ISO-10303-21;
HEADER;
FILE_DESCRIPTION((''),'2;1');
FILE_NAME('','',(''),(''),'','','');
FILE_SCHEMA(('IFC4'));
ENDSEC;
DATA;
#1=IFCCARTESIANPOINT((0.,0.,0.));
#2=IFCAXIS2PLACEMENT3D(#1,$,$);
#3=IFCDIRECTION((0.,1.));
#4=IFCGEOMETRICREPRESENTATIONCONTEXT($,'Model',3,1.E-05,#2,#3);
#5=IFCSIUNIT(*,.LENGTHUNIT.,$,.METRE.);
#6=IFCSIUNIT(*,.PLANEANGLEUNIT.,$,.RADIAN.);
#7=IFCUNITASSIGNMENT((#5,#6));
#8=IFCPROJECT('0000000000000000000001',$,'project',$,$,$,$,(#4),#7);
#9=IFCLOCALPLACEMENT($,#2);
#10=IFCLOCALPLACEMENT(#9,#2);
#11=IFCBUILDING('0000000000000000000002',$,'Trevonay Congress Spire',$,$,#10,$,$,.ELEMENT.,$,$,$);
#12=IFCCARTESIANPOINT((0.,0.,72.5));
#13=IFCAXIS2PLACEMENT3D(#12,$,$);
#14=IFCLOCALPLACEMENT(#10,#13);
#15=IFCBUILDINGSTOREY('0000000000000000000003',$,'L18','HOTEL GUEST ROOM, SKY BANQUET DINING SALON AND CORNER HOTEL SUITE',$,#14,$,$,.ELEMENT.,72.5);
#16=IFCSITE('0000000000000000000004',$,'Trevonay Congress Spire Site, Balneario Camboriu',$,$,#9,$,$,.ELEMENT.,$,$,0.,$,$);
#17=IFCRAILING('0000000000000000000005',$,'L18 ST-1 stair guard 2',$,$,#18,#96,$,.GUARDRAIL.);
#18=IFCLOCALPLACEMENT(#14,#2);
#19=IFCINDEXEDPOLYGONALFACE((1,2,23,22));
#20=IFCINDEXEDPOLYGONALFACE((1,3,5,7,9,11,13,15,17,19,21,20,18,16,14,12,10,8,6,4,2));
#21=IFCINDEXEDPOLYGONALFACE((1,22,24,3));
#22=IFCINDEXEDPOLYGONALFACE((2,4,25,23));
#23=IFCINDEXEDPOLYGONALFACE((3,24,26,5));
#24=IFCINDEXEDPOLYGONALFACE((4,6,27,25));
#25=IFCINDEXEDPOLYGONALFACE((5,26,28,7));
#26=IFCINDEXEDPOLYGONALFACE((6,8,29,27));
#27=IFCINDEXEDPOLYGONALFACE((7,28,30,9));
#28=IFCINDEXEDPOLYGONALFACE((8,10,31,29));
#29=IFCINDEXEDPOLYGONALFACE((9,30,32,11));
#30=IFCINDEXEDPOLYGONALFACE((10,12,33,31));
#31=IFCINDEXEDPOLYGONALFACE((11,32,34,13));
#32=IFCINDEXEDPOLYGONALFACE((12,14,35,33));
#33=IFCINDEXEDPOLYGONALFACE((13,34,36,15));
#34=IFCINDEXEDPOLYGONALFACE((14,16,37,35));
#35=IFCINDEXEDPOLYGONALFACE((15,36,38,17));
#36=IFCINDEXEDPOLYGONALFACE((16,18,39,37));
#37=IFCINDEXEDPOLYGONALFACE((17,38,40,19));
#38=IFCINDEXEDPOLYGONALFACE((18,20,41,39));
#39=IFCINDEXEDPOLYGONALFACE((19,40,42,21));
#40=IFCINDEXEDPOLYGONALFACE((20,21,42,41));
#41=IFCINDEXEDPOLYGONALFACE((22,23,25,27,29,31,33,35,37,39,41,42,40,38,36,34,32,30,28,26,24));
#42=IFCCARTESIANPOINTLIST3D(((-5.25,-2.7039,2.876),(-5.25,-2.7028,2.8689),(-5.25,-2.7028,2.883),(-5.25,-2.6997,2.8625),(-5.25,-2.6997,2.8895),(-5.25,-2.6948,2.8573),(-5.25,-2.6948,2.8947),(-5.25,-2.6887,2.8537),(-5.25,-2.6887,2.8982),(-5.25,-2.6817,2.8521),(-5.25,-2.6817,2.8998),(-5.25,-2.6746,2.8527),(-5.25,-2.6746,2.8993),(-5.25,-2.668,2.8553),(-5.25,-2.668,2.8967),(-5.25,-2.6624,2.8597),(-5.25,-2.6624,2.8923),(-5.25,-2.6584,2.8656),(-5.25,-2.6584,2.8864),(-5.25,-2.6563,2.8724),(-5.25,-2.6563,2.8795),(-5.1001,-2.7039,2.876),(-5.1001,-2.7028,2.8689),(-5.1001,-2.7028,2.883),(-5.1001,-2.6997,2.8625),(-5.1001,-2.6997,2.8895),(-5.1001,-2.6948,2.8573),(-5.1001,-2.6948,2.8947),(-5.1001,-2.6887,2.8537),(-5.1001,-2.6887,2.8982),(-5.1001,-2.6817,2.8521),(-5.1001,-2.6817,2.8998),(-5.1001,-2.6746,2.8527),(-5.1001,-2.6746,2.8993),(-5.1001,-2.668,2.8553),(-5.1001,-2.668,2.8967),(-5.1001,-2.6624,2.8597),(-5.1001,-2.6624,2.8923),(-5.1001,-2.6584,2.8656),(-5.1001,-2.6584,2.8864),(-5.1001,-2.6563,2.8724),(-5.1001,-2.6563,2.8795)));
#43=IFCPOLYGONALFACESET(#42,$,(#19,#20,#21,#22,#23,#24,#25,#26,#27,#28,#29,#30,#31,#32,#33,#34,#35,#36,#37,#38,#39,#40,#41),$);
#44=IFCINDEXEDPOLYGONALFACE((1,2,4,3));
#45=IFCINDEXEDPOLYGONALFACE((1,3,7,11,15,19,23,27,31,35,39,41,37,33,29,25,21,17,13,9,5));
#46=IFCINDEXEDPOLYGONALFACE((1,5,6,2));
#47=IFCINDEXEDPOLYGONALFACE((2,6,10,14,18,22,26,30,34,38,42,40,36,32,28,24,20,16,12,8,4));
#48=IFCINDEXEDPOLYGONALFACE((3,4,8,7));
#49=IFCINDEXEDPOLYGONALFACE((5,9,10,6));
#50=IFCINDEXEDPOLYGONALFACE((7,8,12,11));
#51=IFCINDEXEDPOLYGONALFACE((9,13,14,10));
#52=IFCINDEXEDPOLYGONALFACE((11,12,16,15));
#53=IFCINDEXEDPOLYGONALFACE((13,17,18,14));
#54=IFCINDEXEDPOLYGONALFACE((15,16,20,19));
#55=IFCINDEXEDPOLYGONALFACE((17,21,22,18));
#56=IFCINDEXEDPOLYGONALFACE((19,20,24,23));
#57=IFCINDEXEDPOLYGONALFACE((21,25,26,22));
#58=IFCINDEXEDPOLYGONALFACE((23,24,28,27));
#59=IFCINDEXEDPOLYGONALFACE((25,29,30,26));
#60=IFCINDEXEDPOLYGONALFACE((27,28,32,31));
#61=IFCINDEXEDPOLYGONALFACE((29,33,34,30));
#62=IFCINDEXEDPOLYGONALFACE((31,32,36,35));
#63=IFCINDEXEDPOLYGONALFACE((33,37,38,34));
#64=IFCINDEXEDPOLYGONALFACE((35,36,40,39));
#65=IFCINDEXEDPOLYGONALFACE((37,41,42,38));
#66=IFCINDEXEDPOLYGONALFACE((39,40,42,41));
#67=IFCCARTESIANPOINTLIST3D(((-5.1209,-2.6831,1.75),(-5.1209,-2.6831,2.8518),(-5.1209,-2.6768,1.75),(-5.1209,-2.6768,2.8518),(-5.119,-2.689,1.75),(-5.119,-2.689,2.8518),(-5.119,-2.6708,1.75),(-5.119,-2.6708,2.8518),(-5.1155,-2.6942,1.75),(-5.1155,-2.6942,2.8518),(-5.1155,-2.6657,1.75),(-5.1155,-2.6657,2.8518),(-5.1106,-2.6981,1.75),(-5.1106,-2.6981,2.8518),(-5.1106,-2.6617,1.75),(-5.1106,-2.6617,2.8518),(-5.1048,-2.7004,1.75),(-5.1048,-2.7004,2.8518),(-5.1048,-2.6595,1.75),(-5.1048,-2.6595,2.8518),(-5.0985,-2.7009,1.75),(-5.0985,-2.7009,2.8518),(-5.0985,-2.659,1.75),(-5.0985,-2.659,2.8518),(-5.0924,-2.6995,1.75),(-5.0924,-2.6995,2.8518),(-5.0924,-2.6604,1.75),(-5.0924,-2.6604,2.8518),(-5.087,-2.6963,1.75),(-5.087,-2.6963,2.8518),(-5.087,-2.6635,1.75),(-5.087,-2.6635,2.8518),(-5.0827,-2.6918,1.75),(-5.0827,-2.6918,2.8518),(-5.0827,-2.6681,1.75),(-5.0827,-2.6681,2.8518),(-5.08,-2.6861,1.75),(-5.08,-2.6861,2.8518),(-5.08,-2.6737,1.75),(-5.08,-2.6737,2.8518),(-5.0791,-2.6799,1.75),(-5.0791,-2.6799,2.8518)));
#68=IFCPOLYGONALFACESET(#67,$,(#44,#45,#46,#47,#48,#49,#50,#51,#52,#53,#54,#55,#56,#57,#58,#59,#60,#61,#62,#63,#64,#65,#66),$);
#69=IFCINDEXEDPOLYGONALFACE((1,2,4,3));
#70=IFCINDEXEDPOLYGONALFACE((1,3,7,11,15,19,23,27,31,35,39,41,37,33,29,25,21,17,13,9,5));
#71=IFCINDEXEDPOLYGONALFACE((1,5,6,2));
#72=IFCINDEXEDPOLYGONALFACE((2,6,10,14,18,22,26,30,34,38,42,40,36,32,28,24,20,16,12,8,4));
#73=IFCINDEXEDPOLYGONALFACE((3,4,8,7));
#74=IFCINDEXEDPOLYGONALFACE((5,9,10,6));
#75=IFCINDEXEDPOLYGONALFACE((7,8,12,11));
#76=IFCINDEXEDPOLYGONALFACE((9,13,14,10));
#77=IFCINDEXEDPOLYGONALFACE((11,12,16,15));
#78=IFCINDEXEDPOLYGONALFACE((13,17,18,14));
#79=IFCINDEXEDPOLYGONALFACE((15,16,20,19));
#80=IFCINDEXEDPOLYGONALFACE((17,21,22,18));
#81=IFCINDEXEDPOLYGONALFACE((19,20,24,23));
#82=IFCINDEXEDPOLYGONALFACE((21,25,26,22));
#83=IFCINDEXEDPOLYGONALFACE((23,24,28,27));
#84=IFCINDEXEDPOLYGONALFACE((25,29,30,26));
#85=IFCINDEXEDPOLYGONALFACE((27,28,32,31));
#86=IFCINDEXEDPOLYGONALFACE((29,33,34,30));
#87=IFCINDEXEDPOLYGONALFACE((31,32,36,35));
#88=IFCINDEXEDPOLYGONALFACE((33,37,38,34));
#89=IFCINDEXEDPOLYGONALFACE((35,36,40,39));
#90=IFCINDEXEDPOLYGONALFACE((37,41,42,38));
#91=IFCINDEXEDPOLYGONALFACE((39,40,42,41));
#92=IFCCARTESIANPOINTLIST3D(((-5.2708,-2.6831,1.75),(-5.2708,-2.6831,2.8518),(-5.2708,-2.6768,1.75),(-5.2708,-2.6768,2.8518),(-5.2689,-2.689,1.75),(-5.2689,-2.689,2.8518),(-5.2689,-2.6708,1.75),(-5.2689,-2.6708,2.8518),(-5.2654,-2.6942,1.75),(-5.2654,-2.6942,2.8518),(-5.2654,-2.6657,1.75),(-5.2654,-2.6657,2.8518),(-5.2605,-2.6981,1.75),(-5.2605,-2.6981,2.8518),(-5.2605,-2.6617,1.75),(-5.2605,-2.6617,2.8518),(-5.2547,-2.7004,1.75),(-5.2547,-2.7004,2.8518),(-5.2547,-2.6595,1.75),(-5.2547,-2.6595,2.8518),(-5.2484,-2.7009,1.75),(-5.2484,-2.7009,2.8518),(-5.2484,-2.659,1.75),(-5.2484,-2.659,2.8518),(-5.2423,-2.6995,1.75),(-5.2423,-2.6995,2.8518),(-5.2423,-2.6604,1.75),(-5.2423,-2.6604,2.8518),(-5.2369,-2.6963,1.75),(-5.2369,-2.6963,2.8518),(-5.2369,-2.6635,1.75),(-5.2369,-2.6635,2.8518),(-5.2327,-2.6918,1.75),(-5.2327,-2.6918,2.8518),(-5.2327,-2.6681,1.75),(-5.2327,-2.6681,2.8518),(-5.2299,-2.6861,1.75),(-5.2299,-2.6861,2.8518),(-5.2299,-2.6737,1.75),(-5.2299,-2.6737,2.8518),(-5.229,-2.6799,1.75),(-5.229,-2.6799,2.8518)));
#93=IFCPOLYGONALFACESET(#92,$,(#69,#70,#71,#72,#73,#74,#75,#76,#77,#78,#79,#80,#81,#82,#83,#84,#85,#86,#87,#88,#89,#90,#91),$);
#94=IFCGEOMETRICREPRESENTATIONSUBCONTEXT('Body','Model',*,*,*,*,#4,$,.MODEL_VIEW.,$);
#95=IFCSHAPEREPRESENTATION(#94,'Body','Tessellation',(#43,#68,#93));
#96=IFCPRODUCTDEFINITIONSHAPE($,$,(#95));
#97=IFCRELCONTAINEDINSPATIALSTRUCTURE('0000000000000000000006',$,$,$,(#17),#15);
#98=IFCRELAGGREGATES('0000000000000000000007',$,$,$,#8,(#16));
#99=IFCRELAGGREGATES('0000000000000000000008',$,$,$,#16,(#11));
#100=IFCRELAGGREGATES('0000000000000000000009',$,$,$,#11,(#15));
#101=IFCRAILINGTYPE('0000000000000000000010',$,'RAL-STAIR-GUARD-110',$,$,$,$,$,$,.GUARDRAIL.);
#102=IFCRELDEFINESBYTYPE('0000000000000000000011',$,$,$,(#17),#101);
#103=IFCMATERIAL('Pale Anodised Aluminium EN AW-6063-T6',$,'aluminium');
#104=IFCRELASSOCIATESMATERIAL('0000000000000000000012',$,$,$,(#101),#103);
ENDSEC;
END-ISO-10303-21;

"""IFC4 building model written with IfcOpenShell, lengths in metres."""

from ifc_helpers import new_model, si_unit, direction, frame, origin, origin_2d, place, context, subcontext, project, spatial, circle, extrude, material, type_object, element, save


model = new_model("IFC4")

# Units and contexts
model_context = context("Model", 3, precision=1e-05, world=origin(), true_north=direction((0.0, 1.0)))
body_context = subcontext(model_context, "Body", "Model", "MODEL_VIEW")
ifc_project = project(units=[si_unit("LENGTHUNIT", "METRE"), si_unit("PLANEANGLEUNIT", "RADIAN")], contexts=[model_context])

# Site, building, storey
site_placement = place(None, origin())
site = spatial("IfcSite", under=ifc_project, at=site_placement, Name="Trevonay Congress Spire Site, Balneario Camboriu", CompositionType="ELEMENT", RefElevation=0.0)
building_placement = place(site_placement, origin())
building = spatial("IfcBuilding", under=site, at=building_placement, Name="Trevonay Congress Spire", CompositionType="ELEMENT")
storey_placement = place(building_placement, frame((0.0, 0.0, 72.5)))
storey = spatial("IfcBuildingStorey", under=building, at=storey_placement, Name="L18", Description="HOTEL GUEST ROOM, SKY BANQUET DINING SALON AND CORNER HOTEL SUITE", CompositionType="ELEMENT", Elevation=72.5)

# Shared definitions
ifc_material_1 = material(Name="Pale Anodised Aluminium EN AW-6063-T6", Category="aluminium")

# Railing
railing_type_1 = type_object("IfcRailingType", Name="RAL-STAIR-GUARD-110", PredefinedType="GUARDRAIL", material=ifc_material_1)
railing_1_placement = place(storey_placement, frame((-5.1001, -2.6799, 1.75)))
element("IfcRailing", 1, at=railing_1_placement, inside=storey, type_object=railing_type_1, Name="L18 ST-1 stair guard 2", PredefinedType="GUARDRAIL", context=body_context, shape_type="SweptSolid", body=[
    extrude(circle(Radius=0.0239, at=origin_2d()), frame((0.0, 0.0, 1.126), z_axis=(-1.0, 0.0, 0.0), x_axis=(0.0, -1.0, 0.0)), (0.0, 0.0, 1.0), 0.1499),
    extrude(circle(Radius=0.021, at=origin_2d()), origin(), (0.0, 0.0, 1.0), 1.1018),
    extrude(circle(Radius=0.021, at=origin_2d()), frame((-0.1499, 0.0, 0.0)), (0.0, 0.0, 1.0), 1.1018),
])

save(model, "model.ifc")
